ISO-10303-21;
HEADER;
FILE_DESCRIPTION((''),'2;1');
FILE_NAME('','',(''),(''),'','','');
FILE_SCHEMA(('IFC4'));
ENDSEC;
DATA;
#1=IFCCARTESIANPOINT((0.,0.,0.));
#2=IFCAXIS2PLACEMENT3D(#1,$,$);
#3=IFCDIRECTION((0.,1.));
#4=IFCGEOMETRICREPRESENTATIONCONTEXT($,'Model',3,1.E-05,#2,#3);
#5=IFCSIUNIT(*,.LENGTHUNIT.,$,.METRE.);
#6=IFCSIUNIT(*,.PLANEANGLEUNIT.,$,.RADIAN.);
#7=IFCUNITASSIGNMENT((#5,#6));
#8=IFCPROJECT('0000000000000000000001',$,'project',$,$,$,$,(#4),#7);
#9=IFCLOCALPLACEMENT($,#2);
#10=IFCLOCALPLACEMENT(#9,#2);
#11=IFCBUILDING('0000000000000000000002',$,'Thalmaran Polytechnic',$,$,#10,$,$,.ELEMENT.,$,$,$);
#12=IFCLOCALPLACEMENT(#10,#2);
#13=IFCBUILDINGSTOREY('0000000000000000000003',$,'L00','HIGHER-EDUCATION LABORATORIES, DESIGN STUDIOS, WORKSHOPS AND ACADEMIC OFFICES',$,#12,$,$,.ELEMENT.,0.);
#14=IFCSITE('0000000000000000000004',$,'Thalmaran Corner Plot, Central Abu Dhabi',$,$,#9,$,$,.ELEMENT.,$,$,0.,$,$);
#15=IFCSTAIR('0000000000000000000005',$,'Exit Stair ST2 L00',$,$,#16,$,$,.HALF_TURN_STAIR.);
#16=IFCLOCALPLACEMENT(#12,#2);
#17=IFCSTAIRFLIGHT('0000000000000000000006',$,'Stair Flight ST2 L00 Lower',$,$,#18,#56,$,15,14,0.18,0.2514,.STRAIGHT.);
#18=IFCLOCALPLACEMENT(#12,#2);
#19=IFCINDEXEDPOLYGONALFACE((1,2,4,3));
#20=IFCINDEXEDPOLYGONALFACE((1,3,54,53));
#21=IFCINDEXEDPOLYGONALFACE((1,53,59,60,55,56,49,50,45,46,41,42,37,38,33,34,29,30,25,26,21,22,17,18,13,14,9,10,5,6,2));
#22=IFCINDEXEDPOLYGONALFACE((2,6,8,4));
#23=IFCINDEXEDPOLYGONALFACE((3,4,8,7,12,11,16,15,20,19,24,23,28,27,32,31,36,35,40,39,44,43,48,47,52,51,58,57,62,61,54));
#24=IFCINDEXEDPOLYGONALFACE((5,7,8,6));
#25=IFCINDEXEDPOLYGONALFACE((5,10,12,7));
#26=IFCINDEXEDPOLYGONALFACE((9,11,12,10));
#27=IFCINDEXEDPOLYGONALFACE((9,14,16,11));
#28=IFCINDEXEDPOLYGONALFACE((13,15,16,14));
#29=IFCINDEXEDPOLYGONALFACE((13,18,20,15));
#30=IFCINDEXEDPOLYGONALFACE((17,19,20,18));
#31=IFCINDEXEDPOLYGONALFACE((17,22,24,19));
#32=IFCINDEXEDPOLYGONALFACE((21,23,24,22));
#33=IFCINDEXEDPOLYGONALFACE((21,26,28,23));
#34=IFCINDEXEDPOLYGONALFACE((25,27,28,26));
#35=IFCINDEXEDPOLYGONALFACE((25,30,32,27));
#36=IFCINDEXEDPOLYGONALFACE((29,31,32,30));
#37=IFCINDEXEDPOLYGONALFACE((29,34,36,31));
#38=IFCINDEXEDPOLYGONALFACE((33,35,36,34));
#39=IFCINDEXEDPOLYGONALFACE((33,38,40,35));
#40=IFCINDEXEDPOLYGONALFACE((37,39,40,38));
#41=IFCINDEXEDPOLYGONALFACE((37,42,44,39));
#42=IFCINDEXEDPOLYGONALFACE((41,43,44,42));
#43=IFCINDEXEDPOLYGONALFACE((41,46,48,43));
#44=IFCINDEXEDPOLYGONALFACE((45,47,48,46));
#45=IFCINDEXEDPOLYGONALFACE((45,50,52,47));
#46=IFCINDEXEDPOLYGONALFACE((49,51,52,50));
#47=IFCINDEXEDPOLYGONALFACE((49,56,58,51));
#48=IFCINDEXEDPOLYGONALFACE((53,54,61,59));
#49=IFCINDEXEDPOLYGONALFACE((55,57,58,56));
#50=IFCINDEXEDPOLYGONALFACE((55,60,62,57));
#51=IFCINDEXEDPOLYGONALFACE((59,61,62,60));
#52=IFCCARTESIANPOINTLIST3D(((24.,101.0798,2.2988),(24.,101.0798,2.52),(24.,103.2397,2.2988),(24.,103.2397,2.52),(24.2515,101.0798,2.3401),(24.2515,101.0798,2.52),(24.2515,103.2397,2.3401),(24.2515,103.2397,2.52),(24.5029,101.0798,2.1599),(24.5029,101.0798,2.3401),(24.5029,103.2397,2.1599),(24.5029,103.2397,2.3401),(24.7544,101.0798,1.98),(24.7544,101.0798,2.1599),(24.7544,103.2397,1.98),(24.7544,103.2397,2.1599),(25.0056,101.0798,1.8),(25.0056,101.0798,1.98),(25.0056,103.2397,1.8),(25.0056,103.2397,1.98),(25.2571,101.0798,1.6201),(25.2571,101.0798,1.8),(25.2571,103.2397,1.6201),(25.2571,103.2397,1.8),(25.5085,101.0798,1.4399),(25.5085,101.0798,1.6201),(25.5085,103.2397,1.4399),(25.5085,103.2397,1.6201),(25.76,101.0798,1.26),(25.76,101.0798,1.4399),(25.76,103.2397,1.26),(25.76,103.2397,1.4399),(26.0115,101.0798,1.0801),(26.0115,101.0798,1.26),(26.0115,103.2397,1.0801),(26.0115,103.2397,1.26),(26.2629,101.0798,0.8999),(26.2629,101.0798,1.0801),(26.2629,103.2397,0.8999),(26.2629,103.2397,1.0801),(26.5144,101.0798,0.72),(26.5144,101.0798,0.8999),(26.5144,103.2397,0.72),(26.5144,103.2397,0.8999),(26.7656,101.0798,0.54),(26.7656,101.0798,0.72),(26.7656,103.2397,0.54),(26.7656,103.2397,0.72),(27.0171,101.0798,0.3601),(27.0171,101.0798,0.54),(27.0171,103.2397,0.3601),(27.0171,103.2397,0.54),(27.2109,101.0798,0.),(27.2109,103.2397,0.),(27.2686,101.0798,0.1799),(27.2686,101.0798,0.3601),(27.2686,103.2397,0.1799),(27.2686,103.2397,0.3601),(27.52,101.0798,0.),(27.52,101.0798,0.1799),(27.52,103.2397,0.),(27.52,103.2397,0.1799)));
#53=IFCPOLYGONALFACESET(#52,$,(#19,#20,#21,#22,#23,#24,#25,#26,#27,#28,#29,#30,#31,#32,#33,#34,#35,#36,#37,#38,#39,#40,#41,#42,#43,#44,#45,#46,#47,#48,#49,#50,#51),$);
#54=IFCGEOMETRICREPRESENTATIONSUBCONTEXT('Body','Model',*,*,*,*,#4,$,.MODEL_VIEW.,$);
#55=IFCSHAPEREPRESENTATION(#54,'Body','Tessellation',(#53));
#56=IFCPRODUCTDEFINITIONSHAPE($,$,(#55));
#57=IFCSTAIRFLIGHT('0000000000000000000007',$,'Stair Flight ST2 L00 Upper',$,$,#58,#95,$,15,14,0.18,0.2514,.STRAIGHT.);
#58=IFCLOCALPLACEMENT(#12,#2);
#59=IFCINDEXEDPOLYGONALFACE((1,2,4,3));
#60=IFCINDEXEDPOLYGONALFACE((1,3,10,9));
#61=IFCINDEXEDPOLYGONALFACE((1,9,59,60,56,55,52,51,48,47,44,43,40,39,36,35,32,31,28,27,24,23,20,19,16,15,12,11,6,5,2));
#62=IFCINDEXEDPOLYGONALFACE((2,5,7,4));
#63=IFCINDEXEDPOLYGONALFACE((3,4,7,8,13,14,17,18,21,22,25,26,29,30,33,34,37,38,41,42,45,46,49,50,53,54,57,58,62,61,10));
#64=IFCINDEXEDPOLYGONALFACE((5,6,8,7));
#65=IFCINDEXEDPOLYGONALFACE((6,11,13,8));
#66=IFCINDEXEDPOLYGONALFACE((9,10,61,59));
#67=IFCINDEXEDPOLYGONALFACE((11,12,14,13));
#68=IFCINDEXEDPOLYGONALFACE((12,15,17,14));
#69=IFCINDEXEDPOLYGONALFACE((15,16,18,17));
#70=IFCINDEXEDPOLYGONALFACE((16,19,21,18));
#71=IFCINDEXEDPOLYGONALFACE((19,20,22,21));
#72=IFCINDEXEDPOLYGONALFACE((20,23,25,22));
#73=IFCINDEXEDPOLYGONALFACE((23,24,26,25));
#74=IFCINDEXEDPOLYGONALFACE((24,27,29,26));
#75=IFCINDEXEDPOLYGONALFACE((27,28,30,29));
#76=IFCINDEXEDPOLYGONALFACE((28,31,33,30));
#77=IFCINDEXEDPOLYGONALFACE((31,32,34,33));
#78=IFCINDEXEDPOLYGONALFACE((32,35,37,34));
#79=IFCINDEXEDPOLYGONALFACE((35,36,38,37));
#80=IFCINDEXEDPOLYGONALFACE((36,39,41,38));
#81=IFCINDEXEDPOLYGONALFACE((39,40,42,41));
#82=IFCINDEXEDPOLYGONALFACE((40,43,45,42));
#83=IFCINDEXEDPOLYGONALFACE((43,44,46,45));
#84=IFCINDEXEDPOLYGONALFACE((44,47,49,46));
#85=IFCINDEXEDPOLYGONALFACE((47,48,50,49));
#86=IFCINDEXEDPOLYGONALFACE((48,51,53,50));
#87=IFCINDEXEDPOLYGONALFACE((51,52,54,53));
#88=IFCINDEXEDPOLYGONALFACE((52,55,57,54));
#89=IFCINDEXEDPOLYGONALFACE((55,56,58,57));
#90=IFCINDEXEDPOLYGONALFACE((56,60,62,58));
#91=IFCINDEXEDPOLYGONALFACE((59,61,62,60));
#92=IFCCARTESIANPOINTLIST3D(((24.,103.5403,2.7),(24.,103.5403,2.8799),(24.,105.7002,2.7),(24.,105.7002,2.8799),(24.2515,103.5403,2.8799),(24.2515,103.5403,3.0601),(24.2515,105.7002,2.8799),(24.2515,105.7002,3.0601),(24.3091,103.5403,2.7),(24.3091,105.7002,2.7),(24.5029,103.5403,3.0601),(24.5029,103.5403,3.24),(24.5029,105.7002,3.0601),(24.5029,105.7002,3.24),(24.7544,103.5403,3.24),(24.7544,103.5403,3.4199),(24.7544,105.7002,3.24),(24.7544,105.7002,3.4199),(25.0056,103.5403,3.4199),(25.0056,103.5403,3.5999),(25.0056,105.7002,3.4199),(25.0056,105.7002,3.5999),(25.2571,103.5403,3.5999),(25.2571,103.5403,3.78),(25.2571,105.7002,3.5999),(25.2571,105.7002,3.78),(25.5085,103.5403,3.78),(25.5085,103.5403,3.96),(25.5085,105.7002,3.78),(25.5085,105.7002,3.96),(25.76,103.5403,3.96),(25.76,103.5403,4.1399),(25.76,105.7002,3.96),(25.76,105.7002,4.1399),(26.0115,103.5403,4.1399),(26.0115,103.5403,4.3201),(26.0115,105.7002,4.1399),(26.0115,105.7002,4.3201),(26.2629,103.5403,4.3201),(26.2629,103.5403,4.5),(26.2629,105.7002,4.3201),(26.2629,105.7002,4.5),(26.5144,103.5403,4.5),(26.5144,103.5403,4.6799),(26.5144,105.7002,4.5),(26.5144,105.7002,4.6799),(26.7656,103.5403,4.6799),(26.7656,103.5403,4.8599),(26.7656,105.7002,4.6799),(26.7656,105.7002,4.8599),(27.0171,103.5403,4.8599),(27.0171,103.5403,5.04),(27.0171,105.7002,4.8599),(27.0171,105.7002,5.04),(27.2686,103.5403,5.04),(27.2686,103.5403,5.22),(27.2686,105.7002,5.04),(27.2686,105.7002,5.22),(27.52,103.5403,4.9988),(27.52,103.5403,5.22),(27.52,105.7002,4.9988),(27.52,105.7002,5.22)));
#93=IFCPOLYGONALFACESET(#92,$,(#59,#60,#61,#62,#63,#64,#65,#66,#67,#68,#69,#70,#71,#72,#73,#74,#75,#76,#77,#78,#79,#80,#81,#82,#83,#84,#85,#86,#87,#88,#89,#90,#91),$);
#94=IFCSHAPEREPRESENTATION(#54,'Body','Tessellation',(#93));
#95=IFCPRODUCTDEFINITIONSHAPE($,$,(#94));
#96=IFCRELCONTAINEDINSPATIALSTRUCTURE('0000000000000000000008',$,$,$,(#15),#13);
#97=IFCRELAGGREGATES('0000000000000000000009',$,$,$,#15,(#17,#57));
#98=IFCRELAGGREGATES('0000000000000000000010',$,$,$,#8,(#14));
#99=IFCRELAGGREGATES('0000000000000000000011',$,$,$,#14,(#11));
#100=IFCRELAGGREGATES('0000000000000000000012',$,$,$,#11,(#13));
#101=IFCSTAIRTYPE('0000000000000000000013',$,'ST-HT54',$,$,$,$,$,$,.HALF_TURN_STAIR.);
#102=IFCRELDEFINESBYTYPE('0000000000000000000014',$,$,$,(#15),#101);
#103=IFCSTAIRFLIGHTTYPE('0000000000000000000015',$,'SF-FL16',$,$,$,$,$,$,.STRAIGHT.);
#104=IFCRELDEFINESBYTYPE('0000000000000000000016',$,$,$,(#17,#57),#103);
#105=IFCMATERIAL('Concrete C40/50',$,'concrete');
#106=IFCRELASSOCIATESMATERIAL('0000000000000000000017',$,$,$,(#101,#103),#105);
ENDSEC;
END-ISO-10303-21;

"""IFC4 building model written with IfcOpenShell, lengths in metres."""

from ifc_helpers import new_model, si_unit, direction, frame, origin, place, context, subcontext, project, spatial, polyline, outline, extrude, material, type_object, element, aggregate, save


model = new_model("IFC4")

# Units and contexts
model_context = context("Model", 3, precision=1e-05, world=origin(), true_north=direction((0.0, 1.0)))
body_context = subcontext(model_context, "Body", "Model", "MODEL_VIEW")
ifc_project = project(units=[si_unit("LENGTHUNIT", "METRE"), si_unit("PLANEANGLEUNIT", "RADIAN")], contexts=[model_context])

# Site, building, storey
site_placement = place(None, origin())
site = spatial("IfcSite", under=ifc_project, at=site_placement, Name="Thalmaran Corner Plot, Central Abu Dhabi", CompositionType="ELEMENT", RefElevation=0.0)
building_placement = place(site_placement, origin())
building = spatial("IfcBuilding", under=site, at=building_placement, Name="Thalmaran Polytechnic", CompositionType="ELEMENT")
storey_placement = place(building_placement, origin())
storey = spatial("IfcBuildingStorey", under=building, at=storey_placement, Name="L00", Description="HIGHER-EDUCATION LABORATORIES, DESIGN STUDIOS, WORKSHOPS AND ACADEMIC OFFICES", CompositionType="ELEMENT", Elevation=0.0)

# Shared definitions
ifc_material_1 = material(Name="Concrete C40/50", Category="concrete")

# Stair, stair flights
stair_type = type_object("IfcStairType", Name="ST-HT54", PredefinedType="HALF_TURN_STAIR", material=ifc_material_1)
stair_placement = place(storey_placement, origin())
stair = element("IfcStair", 1, at=stair_placement, inside=storey, type_object=stair_type, Name="Exit Stair ST2 L00", PredefinedType="HALF_TURN_STAIR")
stair_flight_type = type_object("IfcStairFlightType", Name="SF-FL16", PredefinedType="STRAIGHT", material=ifc_material_1)
stair_flight_1_placement = place(storey_placement, frame((27.52, 102.1599, 0.0), z_axis=(0.0, 0.0, 1.0), x_axis=(-1.0, 0.0, 0.0)))
stair_flight_1 = element("IfcStairFlight", 2, at=stair_flight_1_placement, type_object=stair_flight_type, Name="Stair Flight ST2 L00 Lower", NumberOfRisers=15, NumberOfTreads=14, PredefinedType="STRAIGHT", RiserHeight=0.18, TreadLength=0.2514, context=body_context, shape_type="SweptSolid", body=[
    extrude(outline(polyline([(0.0, 0.0), (0.0, 0.1799), (0.2515, 0.1799), (0.2515, 0.3601), (0.5029, 0.3601), (0.5029, 0.54), (0.7544, 0.54), (0.7544, 0.72), (1.0056, 0.72), (1.0056, 0.8999), (1.2571, 0.8999), (1.2571, 1.0801), (1.5085, 1.0801), (1.5085, 1.26), (1.76, 1.26), (1.76, 1.4399), (2.0115, 1.4399), (2.0115, 1.6201), (2.2629, 1.6201), (2.2629, 1.8), (2.5144, 1.8), (2.5144, 1.98), (2.7656, 1.98), (2.7656, 2.1599), (3.0171, 2.1599), (3.0171, 2.3401), (3.2686, 2.3401), (3.2686, 2.52), (3.52, 2.52), (3.52, 2.7), (3.52, 2.2988), (0.3091, 0.0), (0.0, 0.0)])), frame((0.0, 1.0801, 0.0), z_axis=(0.0, -1.0, 0.0), x_axis=(1.0, 0.0, 0.0)), (0.0, 0.0, 1.0), 2.1599),
])
stair_flight_2_placement = place(storey_placement, frame((24.0, 104.6201, 2.7), z_axis=(0.0, 0.0, 1.0), x_axis=(1.0, 0.0, 0.0)))
stair_flight_2 = element("IfcStairFlight", 3, at=stair_flight_2_placement, type_object=stair_flight_type, Name="Stair Flight ST2 L00 Upper", NumberOfRisers=15, NumberOfTreads=14, PredefinedType="STRAIGHT", RiserHeight=0.18, TreadLength=0.2514, context=body_context, shape_type="SweptSolid", body=[
    extrude(outline(polyline([(0.0, 0.0), (0.0, 0.1799), (0.2515, 0.1799), (0.2515, 0.3601), (0.5029, 0.3601), (0.5029, 0.54), (0.7544, 0.54), (0.7544, 0.72), (1.0056, 0.72), (1.0056, 0.8999), (1.2571, 0.8999), (1.2571, 1.0801), (1.5085, 1.0801), (1.5085, 1.26), (1.76, 1.26), (1.76, 1.4399), (2.0115, 1.4399), (2.0115, 1.6201), (2.2629, 1.6201), (2.2629, 1.8), (2.5144, 1.8), (2.5144, 1.98), (2.7656, 1.98), (2.7656, 2.1599), (3.0171, 2.1599), (3.0171, 2.3401), (3.2686, 2.3401), (3.2686, 2.52), (3.52, 2.52), (3.52, 2.7), (3.52, 2.2988), (0.3091, 0.0), (0.0, 0.0)])), frame((0.0, 1.0801, 0.0), z_axis=(0.0, -1.0, 0.0), x_axis=(1.0, 0.0, 0.0)), (0.0, 0.0, 1.0), 2.1599),
])
aggregate(stair, [stair_flight_1, stair_flight_2])

save(model, "model.ifc")
